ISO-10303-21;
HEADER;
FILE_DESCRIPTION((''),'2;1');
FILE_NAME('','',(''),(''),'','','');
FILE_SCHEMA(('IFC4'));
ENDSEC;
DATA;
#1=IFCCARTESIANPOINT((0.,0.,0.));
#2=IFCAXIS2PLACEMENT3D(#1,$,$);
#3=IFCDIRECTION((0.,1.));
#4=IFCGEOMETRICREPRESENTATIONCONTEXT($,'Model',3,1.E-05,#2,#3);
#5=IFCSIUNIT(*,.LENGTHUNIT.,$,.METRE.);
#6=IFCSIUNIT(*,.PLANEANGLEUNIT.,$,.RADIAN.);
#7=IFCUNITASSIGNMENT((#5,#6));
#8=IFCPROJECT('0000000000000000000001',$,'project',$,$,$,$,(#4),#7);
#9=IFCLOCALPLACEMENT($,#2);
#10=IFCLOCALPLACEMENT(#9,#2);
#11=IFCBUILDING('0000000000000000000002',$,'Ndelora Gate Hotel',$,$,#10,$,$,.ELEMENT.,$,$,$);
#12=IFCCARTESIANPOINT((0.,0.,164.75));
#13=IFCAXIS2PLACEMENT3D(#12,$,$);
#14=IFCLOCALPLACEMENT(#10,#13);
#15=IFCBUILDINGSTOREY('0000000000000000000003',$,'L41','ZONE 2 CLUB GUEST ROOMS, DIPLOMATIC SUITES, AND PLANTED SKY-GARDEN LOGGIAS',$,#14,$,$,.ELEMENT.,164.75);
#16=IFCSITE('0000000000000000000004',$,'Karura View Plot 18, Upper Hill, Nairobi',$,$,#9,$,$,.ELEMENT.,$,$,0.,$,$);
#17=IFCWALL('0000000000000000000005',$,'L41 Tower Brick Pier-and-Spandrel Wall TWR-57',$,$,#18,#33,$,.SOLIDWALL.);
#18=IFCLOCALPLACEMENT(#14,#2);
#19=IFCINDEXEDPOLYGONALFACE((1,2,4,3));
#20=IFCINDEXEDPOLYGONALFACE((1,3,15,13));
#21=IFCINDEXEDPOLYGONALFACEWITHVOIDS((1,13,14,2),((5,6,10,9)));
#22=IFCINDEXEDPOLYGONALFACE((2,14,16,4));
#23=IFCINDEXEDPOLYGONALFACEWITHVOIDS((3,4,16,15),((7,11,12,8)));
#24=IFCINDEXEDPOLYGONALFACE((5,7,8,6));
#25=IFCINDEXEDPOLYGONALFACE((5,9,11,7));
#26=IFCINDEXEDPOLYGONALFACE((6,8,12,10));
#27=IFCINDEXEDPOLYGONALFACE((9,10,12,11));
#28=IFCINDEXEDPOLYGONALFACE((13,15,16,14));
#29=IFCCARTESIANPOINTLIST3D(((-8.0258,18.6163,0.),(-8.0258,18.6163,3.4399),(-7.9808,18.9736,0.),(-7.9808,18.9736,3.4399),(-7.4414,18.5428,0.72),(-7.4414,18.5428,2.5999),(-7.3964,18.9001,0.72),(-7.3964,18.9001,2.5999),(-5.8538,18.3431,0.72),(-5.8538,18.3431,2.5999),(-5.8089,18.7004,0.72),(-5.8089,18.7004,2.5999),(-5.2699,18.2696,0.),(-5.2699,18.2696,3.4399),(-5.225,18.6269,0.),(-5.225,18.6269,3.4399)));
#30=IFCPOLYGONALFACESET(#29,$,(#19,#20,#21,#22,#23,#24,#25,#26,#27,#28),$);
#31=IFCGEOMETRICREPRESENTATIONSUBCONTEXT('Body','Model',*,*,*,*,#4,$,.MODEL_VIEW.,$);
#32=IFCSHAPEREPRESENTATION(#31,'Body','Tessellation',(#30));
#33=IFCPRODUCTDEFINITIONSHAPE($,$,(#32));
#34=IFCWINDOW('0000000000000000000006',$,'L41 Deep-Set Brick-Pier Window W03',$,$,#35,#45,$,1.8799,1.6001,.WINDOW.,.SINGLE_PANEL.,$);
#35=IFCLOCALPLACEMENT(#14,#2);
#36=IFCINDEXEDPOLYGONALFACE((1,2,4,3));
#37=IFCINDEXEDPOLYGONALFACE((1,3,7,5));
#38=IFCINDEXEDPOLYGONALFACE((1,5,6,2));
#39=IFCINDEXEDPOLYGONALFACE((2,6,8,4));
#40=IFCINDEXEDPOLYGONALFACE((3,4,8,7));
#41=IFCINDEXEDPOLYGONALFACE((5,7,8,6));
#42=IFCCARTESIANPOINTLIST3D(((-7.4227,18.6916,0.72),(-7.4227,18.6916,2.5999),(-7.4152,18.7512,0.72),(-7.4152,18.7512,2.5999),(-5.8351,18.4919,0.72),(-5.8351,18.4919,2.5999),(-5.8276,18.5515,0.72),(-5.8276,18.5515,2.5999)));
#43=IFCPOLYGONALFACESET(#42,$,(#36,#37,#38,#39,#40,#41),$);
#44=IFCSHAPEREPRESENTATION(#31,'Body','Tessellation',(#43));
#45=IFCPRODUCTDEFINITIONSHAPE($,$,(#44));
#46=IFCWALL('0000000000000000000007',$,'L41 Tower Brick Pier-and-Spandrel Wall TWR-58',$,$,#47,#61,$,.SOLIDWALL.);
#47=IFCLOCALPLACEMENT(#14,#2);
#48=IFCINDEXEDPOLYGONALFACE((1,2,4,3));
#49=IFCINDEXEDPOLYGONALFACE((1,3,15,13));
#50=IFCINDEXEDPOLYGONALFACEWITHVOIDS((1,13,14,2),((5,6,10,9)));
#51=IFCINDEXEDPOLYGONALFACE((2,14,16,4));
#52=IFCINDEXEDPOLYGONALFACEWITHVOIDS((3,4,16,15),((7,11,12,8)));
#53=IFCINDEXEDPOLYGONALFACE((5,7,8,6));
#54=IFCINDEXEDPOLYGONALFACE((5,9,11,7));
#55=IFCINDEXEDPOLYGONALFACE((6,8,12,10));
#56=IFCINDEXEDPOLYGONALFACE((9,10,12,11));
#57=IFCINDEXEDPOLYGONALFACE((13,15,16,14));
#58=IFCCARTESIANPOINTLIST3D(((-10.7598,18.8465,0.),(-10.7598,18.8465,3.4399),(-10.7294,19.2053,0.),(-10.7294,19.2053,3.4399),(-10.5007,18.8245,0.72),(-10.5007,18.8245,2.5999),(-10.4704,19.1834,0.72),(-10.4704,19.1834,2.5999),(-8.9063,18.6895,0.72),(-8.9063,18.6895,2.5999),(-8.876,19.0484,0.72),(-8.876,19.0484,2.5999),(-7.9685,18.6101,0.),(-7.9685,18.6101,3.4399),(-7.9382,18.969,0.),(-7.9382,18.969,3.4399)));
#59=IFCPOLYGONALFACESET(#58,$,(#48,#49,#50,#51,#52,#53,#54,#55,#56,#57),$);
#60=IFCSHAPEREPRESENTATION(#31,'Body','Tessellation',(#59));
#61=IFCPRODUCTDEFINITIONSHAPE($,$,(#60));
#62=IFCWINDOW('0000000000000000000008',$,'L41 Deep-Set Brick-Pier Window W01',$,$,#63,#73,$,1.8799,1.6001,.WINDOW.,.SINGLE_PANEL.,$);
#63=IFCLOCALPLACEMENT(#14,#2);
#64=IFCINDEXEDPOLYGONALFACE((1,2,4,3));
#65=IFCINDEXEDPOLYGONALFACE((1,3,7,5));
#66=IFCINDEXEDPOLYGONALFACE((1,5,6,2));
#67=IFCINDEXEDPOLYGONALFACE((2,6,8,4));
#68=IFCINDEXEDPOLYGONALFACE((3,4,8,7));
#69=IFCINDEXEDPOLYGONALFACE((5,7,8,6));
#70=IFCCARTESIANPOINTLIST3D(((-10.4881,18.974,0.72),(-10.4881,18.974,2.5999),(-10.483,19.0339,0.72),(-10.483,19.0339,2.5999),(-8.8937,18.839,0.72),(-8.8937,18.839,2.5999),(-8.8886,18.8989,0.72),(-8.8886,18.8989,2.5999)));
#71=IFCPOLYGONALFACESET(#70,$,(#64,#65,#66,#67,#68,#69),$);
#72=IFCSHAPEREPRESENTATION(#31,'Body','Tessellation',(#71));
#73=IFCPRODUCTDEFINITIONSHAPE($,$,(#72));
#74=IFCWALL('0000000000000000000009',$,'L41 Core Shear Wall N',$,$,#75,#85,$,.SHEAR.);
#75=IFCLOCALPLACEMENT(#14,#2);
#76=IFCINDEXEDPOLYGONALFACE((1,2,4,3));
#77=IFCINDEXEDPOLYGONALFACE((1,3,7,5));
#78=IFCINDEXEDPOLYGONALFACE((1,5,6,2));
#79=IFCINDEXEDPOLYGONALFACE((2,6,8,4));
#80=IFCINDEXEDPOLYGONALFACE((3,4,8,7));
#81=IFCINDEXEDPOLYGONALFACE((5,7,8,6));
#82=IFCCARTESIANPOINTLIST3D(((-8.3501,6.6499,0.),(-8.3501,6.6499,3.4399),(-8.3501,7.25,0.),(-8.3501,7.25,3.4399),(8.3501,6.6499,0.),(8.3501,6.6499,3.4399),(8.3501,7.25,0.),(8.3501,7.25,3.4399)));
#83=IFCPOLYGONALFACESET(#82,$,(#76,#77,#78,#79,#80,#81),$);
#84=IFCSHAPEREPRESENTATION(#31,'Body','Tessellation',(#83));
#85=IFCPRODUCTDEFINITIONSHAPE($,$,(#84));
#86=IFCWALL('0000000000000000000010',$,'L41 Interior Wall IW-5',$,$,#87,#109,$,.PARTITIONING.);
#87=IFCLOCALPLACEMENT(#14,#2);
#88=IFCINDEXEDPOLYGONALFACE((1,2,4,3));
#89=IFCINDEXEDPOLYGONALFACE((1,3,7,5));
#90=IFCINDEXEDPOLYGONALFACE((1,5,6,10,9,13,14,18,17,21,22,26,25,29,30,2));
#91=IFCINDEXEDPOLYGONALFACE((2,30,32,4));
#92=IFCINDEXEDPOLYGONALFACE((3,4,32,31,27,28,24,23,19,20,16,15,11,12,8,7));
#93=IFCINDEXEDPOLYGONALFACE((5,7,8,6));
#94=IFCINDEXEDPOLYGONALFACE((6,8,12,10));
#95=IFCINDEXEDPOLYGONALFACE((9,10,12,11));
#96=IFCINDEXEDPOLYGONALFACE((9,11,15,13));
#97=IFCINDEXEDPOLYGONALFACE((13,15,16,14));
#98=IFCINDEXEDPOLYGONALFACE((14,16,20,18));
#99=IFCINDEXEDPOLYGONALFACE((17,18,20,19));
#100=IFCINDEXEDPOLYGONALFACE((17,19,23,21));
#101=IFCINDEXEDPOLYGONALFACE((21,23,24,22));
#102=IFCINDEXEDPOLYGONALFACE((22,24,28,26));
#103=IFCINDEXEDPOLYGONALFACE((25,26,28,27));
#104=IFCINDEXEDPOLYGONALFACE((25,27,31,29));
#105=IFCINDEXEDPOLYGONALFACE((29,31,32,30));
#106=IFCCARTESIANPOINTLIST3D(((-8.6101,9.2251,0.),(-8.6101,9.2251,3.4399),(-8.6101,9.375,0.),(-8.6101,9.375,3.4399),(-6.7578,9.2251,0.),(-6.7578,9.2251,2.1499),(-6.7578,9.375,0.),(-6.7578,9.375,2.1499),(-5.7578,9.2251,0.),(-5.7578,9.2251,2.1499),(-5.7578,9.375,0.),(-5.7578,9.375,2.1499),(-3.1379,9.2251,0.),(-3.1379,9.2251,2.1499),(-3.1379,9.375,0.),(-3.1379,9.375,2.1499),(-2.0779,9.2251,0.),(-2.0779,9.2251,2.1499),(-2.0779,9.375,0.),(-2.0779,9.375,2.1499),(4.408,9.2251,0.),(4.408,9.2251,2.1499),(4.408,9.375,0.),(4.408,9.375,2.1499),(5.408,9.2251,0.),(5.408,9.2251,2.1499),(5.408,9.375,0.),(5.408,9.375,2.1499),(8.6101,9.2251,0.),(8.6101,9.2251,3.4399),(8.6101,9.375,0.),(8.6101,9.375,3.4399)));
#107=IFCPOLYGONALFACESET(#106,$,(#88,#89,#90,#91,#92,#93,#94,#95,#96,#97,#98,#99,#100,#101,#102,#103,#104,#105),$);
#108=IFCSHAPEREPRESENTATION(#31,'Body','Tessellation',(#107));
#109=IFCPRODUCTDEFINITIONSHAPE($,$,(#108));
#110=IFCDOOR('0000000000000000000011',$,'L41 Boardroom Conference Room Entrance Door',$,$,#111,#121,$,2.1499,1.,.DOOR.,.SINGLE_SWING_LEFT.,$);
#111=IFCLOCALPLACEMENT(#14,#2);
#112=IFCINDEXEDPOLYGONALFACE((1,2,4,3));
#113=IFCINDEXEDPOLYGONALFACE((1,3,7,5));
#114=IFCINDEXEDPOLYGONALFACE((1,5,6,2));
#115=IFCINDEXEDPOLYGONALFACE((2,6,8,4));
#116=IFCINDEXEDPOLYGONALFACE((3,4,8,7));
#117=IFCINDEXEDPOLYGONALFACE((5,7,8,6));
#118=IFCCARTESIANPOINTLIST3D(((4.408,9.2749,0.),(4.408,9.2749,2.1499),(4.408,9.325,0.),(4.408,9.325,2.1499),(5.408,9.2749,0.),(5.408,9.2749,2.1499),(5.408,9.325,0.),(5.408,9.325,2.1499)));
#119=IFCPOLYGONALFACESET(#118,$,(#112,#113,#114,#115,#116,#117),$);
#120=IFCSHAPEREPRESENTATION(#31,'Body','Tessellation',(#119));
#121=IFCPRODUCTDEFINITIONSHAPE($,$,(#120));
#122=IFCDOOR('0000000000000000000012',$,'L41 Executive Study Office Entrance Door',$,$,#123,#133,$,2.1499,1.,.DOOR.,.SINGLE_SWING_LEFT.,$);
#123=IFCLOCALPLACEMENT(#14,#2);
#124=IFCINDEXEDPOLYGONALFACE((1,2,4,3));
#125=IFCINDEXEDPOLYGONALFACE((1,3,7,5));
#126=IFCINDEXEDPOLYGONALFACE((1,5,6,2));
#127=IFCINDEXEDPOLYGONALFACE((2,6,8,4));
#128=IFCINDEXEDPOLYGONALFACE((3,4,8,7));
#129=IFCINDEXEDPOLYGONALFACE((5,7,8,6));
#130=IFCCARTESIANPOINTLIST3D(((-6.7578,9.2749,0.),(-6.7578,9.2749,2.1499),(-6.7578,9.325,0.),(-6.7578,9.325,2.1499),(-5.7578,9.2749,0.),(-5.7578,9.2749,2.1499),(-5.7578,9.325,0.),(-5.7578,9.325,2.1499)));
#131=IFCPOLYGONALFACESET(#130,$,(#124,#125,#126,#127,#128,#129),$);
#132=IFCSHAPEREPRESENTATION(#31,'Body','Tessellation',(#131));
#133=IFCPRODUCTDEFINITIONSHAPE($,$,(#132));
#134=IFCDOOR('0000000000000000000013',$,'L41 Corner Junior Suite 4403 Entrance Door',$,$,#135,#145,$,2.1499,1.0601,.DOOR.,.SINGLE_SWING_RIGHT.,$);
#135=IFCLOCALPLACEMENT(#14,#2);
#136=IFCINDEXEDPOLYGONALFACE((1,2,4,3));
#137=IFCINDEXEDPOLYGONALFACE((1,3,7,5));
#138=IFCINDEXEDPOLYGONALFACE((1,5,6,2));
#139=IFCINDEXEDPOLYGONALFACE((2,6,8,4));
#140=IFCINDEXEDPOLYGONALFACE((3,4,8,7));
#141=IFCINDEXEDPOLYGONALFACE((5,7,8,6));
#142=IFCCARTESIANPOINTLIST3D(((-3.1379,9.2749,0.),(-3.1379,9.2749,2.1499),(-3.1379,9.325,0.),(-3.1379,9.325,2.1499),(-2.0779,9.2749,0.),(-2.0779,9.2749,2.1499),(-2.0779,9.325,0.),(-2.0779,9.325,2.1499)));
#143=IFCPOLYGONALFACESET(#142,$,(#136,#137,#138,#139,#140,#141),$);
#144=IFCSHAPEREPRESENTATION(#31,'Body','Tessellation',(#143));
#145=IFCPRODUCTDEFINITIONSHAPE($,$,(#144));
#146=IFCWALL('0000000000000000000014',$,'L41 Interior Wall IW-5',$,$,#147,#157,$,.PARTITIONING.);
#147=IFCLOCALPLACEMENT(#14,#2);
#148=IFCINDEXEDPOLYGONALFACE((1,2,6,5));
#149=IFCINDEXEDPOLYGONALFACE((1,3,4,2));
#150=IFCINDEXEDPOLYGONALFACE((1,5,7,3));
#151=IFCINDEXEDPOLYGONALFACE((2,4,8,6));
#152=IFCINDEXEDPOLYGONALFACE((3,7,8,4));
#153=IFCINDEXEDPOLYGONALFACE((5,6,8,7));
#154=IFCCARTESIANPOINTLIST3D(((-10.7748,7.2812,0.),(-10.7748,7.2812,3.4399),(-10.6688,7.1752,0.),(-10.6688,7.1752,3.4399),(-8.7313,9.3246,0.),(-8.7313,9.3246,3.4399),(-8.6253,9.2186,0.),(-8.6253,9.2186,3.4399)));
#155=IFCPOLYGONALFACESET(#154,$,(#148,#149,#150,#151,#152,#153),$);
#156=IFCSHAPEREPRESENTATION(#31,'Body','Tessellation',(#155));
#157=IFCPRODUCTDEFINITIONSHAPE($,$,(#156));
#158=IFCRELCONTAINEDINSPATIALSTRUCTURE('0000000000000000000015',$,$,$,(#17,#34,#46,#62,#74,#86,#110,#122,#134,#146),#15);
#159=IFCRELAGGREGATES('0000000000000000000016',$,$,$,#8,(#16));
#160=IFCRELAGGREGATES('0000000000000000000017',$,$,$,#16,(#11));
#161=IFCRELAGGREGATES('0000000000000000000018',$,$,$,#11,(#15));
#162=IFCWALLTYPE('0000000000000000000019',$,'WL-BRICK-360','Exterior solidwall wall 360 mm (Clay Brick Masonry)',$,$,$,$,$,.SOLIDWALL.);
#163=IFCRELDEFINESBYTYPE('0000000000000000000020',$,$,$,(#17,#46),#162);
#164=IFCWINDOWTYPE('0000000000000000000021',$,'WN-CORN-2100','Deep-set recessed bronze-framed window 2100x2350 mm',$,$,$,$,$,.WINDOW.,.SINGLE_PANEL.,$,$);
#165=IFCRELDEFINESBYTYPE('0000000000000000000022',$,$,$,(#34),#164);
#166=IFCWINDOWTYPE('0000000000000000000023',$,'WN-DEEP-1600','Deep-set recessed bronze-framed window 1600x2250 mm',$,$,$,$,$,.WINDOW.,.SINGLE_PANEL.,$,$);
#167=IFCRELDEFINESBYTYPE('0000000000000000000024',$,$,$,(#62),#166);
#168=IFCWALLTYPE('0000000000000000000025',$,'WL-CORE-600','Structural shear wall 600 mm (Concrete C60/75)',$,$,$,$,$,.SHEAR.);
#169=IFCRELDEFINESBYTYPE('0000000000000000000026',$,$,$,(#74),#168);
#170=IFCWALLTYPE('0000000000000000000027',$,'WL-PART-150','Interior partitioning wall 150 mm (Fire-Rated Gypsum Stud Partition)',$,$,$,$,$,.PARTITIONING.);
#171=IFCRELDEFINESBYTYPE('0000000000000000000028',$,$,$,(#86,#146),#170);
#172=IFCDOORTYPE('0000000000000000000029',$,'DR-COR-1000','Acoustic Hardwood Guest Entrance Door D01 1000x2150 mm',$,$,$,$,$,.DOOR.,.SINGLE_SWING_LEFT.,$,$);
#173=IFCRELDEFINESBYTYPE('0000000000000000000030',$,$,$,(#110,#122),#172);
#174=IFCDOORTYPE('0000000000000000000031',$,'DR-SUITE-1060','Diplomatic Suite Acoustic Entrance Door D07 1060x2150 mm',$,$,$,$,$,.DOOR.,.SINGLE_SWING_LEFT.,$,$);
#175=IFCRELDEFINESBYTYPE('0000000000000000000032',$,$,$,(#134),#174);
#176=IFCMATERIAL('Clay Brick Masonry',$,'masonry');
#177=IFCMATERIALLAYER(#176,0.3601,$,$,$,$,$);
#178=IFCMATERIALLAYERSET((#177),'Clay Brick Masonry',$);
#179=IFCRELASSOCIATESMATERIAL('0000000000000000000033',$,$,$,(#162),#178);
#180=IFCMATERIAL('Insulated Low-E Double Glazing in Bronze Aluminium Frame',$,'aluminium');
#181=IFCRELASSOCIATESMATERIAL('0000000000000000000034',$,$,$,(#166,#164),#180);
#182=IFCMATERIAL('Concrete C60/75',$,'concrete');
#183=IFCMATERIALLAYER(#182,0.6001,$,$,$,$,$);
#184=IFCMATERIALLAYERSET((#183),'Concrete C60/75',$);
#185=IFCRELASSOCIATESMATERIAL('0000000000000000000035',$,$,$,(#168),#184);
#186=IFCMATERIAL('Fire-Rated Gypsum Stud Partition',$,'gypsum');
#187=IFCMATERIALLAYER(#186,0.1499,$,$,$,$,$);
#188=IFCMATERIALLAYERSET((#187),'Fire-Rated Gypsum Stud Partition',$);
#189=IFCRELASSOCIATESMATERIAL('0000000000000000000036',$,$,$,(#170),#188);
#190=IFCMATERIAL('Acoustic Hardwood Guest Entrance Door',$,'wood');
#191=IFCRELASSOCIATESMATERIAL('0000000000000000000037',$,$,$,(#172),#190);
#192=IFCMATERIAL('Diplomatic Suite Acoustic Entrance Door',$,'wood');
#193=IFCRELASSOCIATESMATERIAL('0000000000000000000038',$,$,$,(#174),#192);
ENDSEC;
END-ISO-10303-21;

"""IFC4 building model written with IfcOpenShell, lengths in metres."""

from ifc_helpers import new_model, si_unit, direction, frame, frame_2d, origin, place, context, subcontext, project, spatial, rectangle, extrude, material, layer, layer_set, type_object, element, fill, save


model = new_model("IFC4")

# Units and contexts
model_context = context("Model", 3, precision=1e-05, world=origin(), true_north=direction((0.0, 1.0)))
body_context = subcontext(model_context, "Body", "Model", "MODEL_VIEW")
ifc_project = project(units=[si_unit("LENGTHUNIT", "METRE"), si_unit("PLANEANGLEUNIT", "RADIAN")], contexts=[model_context])

# Site, building, storey
site_placement = place(None, origin())
site = spatial("IfcSite", under=ifc_project, at=site_placement, Name="Karura View Plot 18, Upper Hill, Nairobi", CompositionType="ELEMENT", RefElevation=0.0)
building_placement = place(site_placement, origin())
building = spatial("IfcBuilding", under=site, at=building_placement, Name="Ndelora Gate Hotel", CompositionType="ELEMENT")
storey_placement = place(building_placement, frame((0.0, 0.0, 164.75)))
storey = spatial("IfcBuildingStorey", under=building, at=storey_placement, Name="L41", Description="ZONE 2 CLUB GUEST ROOMS, DIPLOMATIC SUITES, AND PLANTED SKY-GARDEN LOGGIAS", CompositionType="ELEMENT", Elevation=164.75)

# Shared definitions
ifc_material_1 = material(Name="Concrete C60/75", Category="concrete")

# Shared definitions
ifc_material_2 = material(Name="Clay Brick Masonry", Category="masonry")
ifc_layer_1 = layer(ifc_material_2, 0.3601)
ifc_layer_set_1 = layer_set([ifc_layer_1], Name="Clay Brick Masonry")
wall_type_1 = type_object("IfcWallType", Name="WL-BRICK-360", Description="Exterior solidwall wall 360 mm (Clay Brick Masonry)", PredefinedType="SOLIDWALL", material=ifc_layer_set_1)

# Walls, openings, windows
ifc_material_3 = material(Name="Insulated Low-E Double Glazing in Bronze Aluminium Frame", Category="aluminium")
window_type_1 = type_object("IfcWindowType", Name="WN-DEEP-1600", Description="Deep-set recessed bronze-framed window 1600x2250 mm", PartitioningType="SINGLE_PANEL", PredefinedType="WINDOW", material=ifc_material_3)
wall_1_placement = place(storey_placement, frame((-8.0032, 18.7949, 0.0), z_axis=(0.0, 0.0, 1.0), x_axis=(0.99218, -0.124814, 0.0)))
wall_1 = element("IfcWall", 1, at=wall_1_placement, inside=storey, type_object=wall_type_1, Name="L41 Tower Brick Pier-and-Spandrel Wall TWR-57", PredefinedType="SOLIDWALL", context=body_context, shape_type="SweptSolid", body=[
    extrude(rectangle(XDim=2.7776, YDim=0.3601, at=frame_2d((1.3887, 0.0))), origin(), (0.0, 0.0, 1.0), 3.4399),
])
opening_1_placement = place(wall_1_placement, frame((0.5889, 0.0, 0.72)))
opening_1 = element("IfcOpeningElement", 2, at=opening_1_placement, cuts=wall_1, PredefinedType="OPENING", context=body_context, shape_type="SweptSolid", body=[
    extrude(rectangle(XDim=1.6001, YDim=1.8799, at=frame_2d((0.8, 0.9399))), frame((0.0, 0.1899, 0.0), z_axis=(0.0, -1.0, 0.0), x_axis=(1.0, 0.0, 0.0)), (0.0, 0.0, 1.0), 0.3801),
])
window_type_2 = type_object("IfcWindowType", Name="WN-CORN-2100", Description="Deep-set recessed bronze-framed window 2100x2350 mm", PartitioningType="SINGLE_PANEL", PredefinedType="WINDOW", material=ifc_material_3)
window_1_placement = place(opening_1_placement, origin())
window_1 = element("IfcWindow", 3, at=window_1_placement, inside=storey, type_object=window_type_2, Name="L41 Deep-Set Brick-Pier Window W03", OverallHeight=1.8799, OverallWidth=1.6001, PartitioningType="SINGLE_PANEL", PredefinedType="WINDOW", context=body_context, shape_type="SweptSolid", body=[
    extrude(rectangle(XDim=1.6001, YDim=1.8799, at=frame_2d((0.8, 0.9399))), frame((0.0, 0.03, 0.0), z_axis=(0.0, -1.0, 0.0), x_axis=(1.0, 0.0, 0.0)), (0.0, 0.0, 1.0), 0.0601),
])
fill(opening_1, window_1)
wall_2_placement = place(storey_placement, frame((-10.7446, 19.0259, 0.0), z_axis=(0.0, 0.0, 1.0), x_axis=(0.996435, -0.084365, 0.0)))
wall_2 = element("IfcWall", 4, at=wall_2_placement, inside=storey, type_object=wall_type_1, Name="L41 Tower Brick Pier-and-Spandrel Wall TWR-58", PredefinedType="SOLIDWALL", context=body_context, shape_type="SweptSolid", body=[
    extrude(rectangle(XDim=2.8013, YDim=0.3601, at=frame_2d((1.4006, 0.0))), origin(), (0.0, 0.0, 1.0), 3.4399),
])
opening_2_placement = place(wall_2_placement, frame((0.26, 0.0, 0.72)))
opening_2 = element("IfcOpeningElement", 5, at=opening_2_placement, cuts=wall_2, PredefinedType="OPENING", context=body_context, shape_type="SweptSolid", body=[
    extrude(rectangle(XDim=1.6001, YDim=1.8799, at=frame_2d((0.8, 0.9399))), frame((0.0, 0.1899, 0.0), z_axis=(0.0, -1.0, 0.0), x_axis=(1.0, 0.0, 0.0)), (0.0, 0.0, 1.0), 0.3801),
])
window_2_placement = place(opening_2_placement, origin())
window_2 = element("IfcWindow", 6, at=window_2_placement, inside=storey, type_object=window_type_1, Name="L41 Deep-Set Brick-Pier Window W01", OverallHeight=1.8799, OverallWidth=1.6001, PartitioningType="SINGLE_PANEL", PredefinedType="WINDOW", context=body_context, shape_type="SweptSolid", body=[
    extrude(rectangle(XDim=1.6001, YDim=1.8799, at=frame_2d((0.8, 0.9399))), frame((0.0, 0.03, 0.0), z_axis=(0.0, -1.0, 0.0), x_axis=(1.0, 0.0, 0.0)), (0.0, 0.0, 1.0), 0.0601),
])
fill(opening_2, window_2)

# Wall
ifc_layer_2 = layer(ifc_material_1, 0.6001)
ifc_layer_set_2 = layer_set([ifc_layer_2], Name="Concrete C60/75")
wall_type_2 = type_object("IfcWallType", Name="WL-CORE-600", Description="Structural shear wall 600 mm (Concrete C60/75)", PredefinedType="SHEAR", material=ifc_layer_set_2)
wall_3_placement = place(storey_placement, frame((-8.3501, 6.95, 0.0), z_axis=(0.0, 0.0, 1.0), x_axis=(1.0, 0.0, 0.0)))
element("IfcWall", 7, at=wall_3_placement, inside=storey, type_object=wall_type_2, Name="L41 Core Shear Wall N", PredefinedType="SHEAR", context=body_context, shape_type="SweptSolid", body=[
    extrude(rectangle(XDim=16.7002, YDim=0.6001, at=frame_2d((8.3501, 0.0))), origin(), (0.0, 0.0, 1.0), 3.4399),
])

# Wall, openings, doors
ifc_material_4 = material(Name="Fire-Rated Gypsum Stud Partition", Category="gypsum")
ifc_layer_3 = layer(ifc_material_4, 0.1499)
ifc_layer_set_3 = layer_set([ifc_layer_3], Name="Fire-Rated Gypsum Stud Partition")
wall_type_3 = type_object("IfcWallType", Name="WL-PART-150", Description="Interior partitioning wall 150 mm (Fire-Rated Gypsum Stud Partition)", PredefinedType="PARTITIONING", material=ifc_layer_set_3)
wall_4_placement = place(storey_placement, frame((-8.6101, 9.3, 0.0), z_axis=(0.0, 0.0, 1.0), x_axis=(1.0, 0.0, 0.0)))
wall_4 = element("IfcWall", 8, at=wall_4_placement, inside=storey, type_object=wall_type_3, Name="L41 Interior Wall IW-5", PredefinedType="PARTITIONING", context=body_context, shape_type="SweptSolid", body=[
    extrude(rectangle(XDim=17.2202, YDim=0.1499, at=frame_2d((8.6101, 0.0))), origin(), (0.0, 0.0, 1.0), 3.4399),
])
opening_3_placement = place(wall_4_placement, frame((5.4722, 0.0, 0.0)))
opening_3 = element("IfcOpeningElement", 9, at=opening_3_placement, cuts=wall_4, PredefinedType="OPENING", context=body_context, shape_type="SweptSolid", body=[
    extrude(rectangle(XDim=1.0601, YDim=2.1499, at=frame_2d((0.53, 1.075))), frame((0.0, 0.085, 0.0), z_axis=(0.0, -1.0, 0.0), x_axis=(1.0, 0.0, 0.0)), (0.0, 0.0, 1.0), 0.1699),
])
opening_4_placement = place(wall_4_placement, frame((13.0181, 0.0, 0.0)))
opening_4 = element("IfcOpeningElement", 10, at=opening_4_placement, cuts=wall_4, PredefinedType="OPENING", context=body_context, shape_type="SweptSolid", body=[
    extrude(rectangle(XDim=1.0, YDim=2.1499, at=frame_2d((0.5, 1.075))), frame((0.0, 0.085, 0.0), z_axis=(0.0, -1.0, 0.0), x_axis=(1.0, 0.0, 0.0)), (0.0, 0.0, 1.0), 0.1699),
])
opening_5_placement = place(wall_4_placement, frame((1.8523, 0.0, 0.0)))
opening_5 = element("IfcOpeningElement", 11, at=opening_5_placement, cuts=wall_4, PredefinedType="OPENING", context=body_context, shape_type="SweptSolid", body=[
    extrude(rectangle(XDim=1.0, YDim=2.1499, at=frame_2d((0.5, 1.075))), frame((0.0, 0.085, 0.0), z_axis=(0.0, -1.0, 0.0), x_axis=(1.0, 0.0, 0.0)), (0.0, 0.0, 1.0), 0.1699),
])
ifc_material_5 = material(Name="Acoustic Hardwood Guest Entrance Door", Category="wood")
door_type_1 = type_object("IfcDoorType", Name="DR-COR-1000", Description="Acoustic Hardwood Guest Entrance Door D01 1000x2150 mm", OperationType="SINGLE_SWING_LEFT", PredefinedType="DOOR", material=ifc_material_5)
door_1_placement = place(opening_4_placement, origin())
door_1 = element("IfcDoor", 12, at=door_1_placement, inside=storey, type_object=door_type_1, Name="L41 Boardroom Conference Room Entrance Door", OperationType="SINGLE_SWING_LEFT", OverallHeight=2.1499, OverallWidth=1.0, PredefinedType="DOOR", context=body_context, shape_type="SweptSolid", body=[
    extrude(rectangle(XDim=1.0, YDim=2.1499, at=frame_2d((0.5, 1.075))), frame((0.0, 0.0249, 0.0), z_axis=(0.0, -1.0, 0.0), x_axis=(1.0, 0.0, 0.0)), (0.0, 0.0, 1.0), 0.05),
])
fill(opening_4, door_1)
door_2_placement = place(opening_5_placement, origin())
door_2 = element("IfcDoor", 13, at=door_2_placement, inside=storey, type_object=door_type_1, Name="L41 Executive Study Office Entrance Door", OperationType="SINGLE_SWING_LEFT", OverallHeight=2.1499, OverallWidth=1.0, PredefinedType="DOOR", context=body_context, shape_type="SweptSolid", body=[
    extrude(rectangle(XDim=1.0, YDim=2.1499, at=frame_2d((0.5, 1.075))), frame((0.0, 0.0249, 0.0), z_axis=(0.0, -1.0, 0.0), x_axis=(1.0, 0.0, 0.0)), (0.0, 0.0, 1.0), 0.05),
])
fill(opening_5, door_2)
ifc_material_6 = material(Name="Diplomatic Suite Acoustic Entrance Door", Category="wood")
door_type_2 = type_object("IfcDoorType", Name="DR-SUITE-1060", Description="Diplomatic Suite Acoustic Entrance Door D07 1060x2150 mm", OperationType="SINGLE_SWING_LEFT", PredefinedType="DOOR", material=ifc_material_6)
door_3_placement = place(opening_3_placement, origin())
door_3 = element("IfcDoor", 14, at=door_3_placement, inside=storey, type_object=door_type_2, Name="L41 Corner Junior Suite 4403 Entrance Door", OperationType="SINGLE_SWING_RIGHT", OverallHeight=2.1499, OverallWidth=1.0601, PredefinedType="DOOR", context=body_context, shape_type="SweptSolid", body=[
    extrude(rectangle(XDim=1.0601, YDim=2.1499, at=frame_2d((0.53, 1.075))), frame((0.0, 0.0249, 0.0), z_axis=(0.0, -1.0, 0.0), x_axis=(1.0, 0.0, 0.0)), (0.0, 0.0, 1.0), 0.05),
])
fill(opening_3, door_3)

# Wall
wall_5_placement = place(storey_placement, frame((-10.7217, 7.2283, 0.0), z_axis=(0.0, 0.0, 1.0), x_axis=(0.707107, 0.707107, 0.0)))
element("IfcWall", 15, at=wall_5_placement, inside=storey, type_object=wall_type_3, Name="L41 Interior Wall IW-5", PredefinedType="PARTITIONING", context=body_context, shape_type="SweptSolid", body=[
    extrude(rectangle(XDim=2.8899, YDim=0.1499, at=frame_2d((1.4448, 0.0))), origin(), (0.0, 0.0, 1.0), 3.4399),
])

save(model, "model.ifc")
